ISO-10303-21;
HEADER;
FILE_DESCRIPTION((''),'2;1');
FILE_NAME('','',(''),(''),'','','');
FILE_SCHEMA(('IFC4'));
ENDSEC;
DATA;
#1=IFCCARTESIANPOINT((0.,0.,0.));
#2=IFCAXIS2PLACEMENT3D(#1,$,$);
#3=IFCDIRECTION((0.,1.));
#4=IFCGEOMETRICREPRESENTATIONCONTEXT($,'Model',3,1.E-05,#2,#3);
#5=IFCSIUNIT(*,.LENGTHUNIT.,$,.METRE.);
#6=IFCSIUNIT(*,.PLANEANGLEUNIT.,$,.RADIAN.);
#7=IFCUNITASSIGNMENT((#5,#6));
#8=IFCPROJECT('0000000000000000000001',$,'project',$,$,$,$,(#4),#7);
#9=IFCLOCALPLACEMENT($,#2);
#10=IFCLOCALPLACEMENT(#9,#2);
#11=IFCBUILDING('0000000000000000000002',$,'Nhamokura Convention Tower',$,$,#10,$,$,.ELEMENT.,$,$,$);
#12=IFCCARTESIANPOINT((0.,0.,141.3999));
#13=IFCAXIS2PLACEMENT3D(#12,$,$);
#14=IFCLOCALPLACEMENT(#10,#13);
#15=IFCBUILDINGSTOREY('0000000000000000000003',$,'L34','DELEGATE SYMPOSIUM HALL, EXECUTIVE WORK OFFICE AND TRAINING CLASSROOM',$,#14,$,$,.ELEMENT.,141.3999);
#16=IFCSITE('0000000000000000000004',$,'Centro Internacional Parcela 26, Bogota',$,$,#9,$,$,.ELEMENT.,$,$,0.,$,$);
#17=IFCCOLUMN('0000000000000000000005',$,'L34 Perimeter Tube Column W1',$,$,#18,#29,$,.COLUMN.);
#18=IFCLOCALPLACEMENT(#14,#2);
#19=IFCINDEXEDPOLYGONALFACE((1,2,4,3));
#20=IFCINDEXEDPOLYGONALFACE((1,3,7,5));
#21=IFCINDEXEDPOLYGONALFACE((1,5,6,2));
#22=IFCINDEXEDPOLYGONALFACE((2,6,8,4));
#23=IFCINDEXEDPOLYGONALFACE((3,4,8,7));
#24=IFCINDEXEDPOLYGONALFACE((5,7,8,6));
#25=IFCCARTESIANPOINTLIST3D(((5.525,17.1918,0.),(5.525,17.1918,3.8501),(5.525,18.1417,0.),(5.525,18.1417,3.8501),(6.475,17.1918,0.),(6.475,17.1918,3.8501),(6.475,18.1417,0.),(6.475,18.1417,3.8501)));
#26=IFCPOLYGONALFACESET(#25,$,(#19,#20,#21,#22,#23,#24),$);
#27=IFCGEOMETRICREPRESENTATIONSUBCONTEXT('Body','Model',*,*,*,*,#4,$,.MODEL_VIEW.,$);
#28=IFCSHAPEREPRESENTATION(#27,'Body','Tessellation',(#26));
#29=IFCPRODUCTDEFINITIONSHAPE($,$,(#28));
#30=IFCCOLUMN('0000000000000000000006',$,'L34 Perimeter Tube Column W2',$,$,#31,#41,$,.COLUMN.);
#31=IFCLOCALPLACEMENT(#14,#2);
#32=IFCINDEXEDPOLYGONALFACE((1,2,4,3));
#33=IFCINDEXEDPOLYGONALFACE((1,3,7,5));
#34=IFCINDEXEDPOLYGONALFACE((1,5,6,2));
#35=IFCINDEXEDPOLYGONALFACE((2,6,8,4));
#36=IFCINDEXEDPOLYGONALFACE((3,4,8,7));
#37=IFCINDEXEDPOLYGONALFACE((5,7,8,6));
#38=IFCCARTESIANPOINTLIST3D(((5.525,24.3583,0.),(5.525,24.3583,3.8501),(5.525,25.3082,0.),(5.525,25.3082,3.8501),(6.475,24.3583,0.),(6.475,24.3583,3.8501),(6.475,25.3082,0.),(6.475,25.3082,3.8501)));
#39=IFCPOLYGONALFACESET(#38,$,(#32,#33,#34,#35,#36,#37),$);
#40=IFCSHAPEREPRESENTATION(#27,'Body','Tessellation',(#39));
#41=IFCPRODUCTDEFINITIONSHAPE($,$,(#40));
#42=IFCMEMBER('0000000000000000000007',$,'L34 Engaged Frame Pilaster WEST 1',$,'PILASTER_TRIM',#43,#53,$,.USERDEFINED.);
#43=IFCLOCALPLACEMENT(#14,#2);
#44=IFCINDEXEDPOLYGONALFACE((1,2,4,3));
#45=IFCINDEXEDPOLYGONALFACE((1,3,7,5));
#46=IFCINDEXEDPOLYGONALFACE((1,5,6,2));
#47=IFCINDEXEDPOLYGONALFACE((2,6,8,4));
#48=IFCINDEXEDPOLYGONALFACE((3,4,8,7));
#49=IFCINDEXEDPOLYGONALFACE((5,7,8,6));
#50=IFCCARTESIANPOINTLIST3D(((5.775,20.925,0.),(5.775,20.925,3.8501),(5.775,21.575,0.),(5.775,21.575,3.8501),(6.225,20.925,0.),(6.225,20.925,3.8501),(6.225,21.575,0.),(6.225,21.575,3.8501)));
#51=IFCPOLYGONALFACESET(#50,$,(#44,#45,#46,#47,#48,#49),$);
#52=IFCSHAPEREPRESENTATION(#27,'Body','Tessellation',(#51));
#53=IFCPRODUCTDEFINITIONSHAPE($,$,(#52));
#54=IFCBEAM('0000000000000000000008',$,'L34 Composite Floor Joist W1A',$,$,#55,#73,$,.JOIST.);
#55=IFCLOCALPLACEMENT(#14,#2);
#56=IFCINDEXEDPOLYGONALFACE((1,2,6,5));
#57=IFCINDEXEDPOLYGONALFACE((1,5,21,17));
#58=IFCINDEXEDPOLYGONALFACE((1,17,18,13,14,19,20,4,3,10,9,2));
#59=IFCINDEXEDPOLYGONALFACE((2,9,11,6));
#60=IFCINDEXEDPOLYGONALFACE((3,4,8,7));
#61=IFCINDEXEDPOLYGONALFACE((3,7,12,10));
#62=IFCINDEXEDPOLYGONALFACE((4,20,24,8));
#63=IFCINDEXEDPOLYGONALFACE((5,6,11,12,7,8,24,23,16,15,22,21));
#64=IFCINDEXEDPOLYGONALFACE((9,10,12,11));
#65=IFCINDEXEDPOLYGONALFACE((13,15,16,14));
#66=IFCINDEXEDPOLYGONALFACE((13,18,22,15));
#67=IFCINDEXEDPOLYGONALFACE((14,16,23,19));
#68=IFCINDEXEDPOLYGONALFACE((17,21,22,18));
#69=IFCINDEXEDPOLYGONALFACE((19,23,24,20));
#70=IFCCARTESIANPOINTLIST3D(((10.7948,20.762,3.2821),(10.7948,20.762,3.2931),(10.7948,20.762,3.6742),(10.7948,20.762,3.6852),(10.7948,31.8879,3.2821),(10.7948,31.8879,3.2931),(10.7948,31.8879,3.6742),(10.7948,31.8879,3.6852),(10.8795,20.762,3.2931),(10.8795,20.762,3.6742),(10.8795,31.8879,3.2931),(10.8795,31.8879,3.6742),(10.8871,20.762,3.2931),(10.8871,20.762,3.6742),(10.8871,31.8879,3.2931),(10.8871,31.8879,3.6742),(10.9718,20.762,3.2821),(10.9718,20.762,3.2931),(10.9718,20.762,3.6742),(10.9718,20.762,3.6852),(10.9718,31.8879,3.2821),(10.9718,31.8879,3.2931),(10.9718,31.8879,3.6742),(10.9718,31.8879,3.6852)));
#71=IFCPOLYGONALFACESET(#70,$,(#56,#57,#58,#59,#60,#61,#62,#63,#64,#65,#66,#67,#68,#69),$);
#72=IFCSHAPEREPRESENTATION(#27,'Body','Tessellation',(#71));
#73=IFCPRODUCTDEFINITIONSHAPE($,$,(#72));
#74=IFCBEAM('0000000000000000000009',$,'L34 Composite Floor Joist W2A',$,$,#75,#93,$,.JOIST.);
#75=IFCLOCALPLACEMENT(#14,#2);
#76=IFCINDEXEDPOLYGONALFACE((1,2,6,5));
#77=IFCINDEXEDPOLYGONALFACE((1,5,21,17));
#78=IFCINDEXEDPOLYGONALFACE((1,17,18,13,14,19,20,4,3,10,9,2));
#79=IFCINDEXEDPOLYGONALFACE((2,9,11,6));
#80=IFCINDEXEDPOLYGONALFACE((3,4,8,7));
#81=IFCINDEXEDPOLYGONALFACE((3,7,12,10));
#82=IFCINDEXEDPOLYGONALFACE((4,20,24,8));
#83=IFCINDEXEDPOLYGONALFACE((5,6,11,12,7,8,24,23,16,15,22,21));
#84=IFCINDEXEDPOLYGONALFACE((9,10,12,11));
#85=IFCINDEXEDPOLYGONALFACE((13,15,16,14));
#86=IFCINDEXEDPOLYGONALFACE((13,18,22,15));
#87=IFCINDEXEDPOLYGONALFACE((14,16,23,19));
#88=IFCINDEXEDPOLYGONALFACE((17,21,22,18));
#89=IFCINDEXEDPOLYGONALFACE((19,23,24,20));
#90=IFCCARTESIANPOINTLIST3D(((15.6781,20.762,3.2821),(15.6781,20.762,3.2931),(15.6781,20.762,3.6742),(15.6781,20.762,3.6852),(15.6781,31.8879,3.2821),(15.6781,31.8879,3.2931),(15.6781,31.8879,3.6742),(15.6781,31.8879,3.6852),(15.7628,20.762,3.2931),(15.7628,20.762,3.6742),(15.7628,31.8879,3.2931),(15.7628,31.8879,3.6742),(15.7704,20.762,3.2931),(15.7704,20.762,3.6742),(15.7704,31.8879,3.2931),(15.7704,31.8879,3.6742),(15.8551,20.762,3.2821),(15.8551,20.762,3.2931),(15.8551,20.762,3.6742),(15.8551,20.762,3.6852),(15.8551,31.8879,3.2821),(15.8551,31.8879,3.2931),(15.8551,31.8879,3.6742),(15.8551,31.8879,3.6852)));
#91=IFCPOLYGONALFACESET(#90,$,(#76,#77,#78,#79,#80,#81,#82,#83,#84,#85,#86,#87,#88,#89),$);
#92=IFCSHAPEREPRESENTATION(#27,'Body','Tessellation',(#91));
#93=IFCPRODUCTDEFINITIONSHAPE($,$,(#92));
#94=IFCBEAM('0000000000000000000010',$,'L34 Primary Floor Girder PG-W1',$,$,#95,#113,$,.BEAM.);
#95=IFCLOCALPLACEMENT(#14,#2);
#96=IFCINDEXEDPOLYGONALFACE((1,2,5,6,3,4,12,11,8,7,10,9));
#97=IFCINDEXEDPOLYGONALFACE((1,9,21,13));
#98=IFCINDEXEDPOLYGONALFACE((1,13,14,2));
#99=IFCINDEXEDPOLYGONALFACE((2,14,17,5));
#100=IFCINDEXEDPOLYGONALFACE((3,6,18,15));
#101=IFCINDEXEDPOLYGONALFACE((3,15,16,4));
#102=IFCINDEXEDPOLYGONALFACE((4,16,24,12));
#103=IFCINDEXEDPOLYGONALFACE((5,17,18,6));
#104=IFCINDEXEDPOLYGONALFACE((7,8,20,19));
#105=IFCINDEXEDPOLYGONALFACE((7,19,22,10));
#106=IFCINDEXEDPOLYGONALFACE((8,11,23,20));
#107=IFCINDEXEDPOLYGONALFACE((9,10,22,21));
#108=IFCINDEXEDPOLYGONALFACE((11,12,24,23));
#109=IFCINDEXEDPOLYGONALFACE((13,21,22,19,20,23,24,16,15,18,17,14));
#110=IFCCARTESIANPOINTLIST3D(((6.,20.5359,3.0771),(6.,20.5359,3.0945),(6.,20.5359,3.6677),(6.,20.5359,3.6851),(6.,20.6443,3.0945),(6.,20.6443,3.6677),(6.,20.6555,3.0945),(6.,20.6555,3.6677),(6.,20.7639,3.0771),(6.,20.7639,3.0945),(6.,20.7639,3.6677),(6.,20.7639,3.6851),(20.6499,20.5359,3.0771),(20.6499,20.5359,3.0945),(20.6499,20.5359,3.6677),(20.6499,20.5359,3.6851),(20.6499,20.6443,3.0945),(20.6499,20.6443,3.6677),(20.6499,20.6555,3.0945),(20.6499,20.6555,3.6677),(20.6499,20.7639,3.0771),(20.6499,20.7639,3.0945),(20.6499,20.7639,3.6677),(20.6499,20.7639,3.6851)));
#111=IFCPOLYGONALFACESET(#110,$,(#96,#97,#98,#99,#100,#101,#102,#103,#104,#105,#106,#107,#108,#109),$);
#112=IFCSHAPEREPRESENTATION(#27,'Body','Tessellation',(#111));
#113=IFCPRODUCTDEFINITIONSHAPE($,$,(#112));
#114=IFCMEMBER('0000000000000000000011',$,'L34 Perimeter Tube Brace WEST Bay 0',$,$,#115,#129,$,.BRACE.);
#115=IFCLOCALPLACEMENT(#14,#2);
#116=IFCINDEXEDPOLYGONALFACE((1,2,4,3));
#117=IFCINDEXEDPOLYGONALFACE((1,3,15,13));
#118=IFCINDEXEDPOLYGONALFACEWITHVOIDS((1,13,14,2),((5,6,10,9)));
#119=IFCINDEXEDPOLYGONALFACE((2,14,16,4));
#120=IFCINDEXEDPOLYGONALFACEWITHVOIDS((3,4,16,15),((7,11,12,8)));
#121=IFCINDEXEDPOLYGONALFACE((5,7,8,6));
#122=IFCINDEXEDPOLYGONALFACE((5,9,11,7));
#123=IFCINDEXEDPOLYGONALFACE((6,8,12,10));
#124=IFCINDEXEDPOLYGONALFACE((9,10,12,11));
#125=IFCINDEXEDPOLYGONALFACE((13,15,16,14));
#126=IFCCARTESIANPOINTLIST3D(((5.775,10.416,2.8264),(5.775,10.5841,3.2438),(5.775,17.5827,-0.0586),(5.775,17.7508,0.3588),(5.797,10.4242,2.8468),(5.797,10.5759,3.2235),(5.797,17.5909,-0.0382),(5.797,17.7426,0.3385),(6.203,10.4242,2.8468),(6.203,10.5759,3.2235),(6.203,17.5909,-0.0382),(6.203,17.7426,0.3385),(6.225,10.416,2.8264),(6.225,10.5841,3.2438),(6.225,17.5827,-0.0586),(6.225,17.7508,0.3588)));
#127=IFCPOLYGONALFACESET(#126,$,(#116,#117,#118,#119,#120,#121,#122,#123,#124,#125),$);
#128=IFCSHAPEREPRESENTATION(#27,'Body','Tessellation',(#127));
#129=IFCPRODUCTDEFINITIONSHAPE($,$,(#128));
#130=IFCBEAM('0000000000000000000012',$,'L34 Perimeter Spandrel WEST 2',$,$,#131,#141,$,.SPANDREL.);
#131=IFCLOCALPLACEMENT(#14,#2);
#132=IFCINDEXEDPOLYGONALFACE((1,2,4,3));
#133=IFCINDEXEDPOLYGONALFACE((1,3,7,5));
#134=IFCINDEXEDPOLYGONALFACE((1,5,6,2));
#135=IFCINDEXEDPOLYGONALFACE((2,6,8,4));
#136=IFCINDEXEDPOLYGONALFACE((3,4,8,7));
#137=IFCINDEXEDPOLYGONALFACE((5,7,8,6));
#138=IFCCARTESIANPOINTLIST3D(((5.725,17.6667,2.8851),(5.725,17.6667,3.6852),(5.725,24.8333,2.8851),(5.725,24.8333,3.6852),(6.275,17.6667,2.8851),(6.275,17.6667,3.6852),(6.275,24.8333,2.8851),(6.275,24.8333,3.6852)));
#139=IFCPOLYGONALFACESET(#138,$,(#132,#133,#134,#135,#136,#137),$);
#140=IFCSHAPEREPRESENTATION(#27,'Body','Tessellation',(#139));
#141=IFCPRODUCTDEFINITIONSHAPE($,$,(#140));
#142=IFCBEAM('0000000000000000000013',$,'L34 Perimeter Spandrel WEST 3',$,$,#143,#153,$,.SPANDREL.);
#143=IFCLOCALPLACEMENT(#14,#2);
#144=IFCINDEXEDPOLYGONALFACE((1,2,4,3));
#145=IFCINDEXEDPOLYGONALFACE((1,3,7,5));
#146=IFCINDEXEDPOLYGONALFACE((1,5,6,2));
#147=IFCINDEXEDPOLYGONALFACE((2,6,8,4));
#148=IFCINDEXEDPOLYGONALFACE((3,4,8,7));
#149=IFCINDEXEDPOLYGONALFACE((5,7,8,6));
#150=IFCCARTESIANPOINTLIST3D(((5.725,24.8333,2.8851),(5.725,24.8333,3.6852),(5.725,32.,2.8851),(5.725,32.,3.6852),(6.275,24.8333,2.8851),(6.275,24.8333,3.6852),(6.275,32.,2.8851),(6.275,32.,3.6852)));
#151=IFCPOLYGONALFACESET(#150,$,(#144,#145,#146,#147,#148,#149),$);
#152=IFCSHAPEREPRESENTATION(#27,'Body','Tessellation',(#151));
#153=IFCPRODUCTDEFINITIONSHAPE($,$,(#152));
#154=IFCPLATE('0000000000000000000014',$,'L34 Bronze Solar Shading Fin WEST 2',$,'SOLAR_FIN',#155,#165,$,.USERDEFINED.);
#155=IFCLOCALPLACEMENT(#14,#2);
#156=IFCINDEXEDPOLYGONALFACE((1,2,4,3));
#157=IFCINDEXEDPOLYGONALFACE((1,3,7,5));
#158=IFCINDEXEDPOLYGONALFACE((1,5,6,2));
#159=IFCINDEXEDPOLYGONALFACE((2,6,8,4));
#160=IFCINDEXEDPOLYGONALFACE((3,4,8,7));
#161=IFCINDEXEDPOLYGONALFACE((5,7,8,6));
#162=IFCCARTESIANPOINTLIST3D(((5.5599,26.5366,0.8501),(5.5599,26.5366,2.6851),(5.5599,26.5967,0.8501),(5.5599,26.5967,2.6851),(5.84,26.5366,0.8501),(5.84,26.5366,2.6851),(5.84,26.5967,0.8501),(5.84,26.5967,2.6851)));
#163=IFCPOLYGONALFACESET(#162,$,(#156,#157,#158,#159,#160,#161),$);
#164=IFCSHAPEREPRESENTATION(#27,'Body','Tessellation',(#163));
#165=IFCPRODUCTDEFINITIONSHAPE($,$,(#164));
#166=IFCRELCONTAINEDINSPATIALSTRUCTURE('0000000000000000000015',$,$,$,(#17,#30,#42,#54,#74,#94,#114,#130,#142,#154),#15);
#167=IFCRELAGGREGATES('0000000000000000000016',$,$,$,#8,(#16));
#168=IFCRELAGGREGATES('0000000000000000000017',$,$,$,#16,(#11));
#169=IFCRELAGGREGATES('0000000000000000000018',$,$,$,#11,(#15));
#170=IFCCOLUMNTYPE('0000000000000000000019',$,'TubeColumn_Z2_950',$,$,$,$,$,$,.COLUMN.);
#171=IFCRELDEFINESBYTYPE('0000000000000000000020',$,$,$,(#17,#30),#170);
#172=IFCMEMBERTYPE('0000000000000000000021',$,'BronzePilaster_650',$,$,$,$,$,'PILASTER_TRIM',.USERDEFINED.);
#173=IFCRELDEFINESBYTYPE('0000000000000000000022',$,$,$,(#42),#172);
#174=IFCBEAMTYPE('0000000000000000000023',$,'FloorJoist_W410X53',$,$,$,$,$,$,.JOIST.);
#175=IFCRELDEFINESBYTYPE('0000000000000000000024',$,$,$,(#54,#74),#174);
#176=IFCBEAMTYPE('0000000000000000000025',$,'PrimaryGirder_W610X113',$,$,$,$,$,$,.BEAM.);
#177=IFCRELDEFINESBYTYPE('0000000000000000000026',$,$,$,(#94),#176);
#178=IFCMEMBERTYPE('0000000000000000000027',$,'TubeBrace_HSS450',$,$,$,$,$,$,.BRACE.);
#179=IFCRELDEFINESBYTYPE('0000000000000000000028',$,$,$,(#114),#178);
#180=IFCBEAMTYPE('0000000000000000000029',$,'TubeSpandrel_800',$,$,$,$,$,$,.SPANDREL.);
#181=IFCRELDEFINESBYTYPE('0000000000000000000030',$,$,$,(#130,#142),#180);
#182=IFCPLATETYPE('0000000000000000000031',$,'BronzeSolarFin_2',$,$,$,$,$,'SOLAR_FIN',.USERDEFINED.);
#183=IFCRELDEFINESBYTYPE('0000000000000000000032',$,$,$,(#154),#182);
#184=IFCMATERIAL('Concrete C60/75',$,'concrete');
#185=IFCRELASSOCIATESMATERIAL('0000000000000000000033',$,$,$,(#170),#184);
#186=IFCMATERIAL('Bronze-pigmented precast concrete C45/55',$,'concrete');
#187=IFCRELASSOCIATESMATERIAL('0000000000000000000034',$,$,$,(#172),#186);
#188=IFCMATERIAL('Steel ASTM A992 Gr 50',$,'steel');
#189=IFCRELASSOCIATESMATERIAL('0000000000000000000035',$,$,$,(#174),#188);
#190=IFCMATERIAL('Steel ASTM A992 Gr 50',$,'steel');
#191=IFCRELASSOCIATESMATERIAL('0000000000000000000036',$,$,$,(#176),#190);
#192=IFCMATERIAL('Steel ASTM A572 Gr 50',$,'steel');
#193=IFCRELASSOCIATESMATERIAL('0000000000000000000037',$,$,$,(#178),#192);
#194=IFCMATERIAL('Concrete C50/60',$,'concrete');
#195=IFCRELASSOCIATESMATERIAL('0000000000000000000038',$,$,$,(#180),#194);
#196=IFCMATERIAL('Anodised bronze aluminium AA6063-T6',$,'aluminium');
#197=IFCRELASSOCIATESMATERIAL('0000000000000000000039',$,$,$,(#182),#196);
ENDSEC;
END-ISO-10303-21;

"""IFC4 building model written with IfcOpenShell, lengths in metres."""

from ifc_helpers import new_model, si_unit, direction, frame, origin, origin_2d, place, context, subcontext, project, spatial, rectangle, hollow_rectangle, i_section, extrude, material, material_profile, profile_set, type_object, element, save


model = new_model("IFC4")

# Units and contexts
model_context = context("Model", 3, precision=1e-05, world=origin(), true_north=direction((0.0, 1.0)))
body_context = subcontext(model_context, "Body", "Model", "MODEL_VIEW")
ifc_project = project(units=[si_unit("LENGTHUNIT", "METRE"), si_unit("PLANEANGLEUNIT", "RADIAN")], contexts=[model_context])

# Site, building, storey
site_placement = place(None, origin())
site = spatial("IfcSite", under=ifc_project, at=site_placement, Name="Centro Internacional Parcela 26, Bogota", CompositionType="ELEMENT", RefElevation=0.0)
building_placement = place(site_placement, origin())
building = spatial("IfcBuilding", under=site, at=building_placement, Name="Nhamokura Convention Tower", CompositionType="ELEMENT")
storey_placement = place(building_placement, frame((0.0, 0.0, 141.3999)))
storey = spatial("IfcBuildingStorey", under=building, at=storey_placement, Name="L34", Description="DELEGATE SYMPOSIUM HALL, EXECUTIVE WORK OFFICE AND TRAINING CLASSROOM", CompositionType="ELEMENT", Elevation=141.3999)

# Columns
ifc_material_1 = material(Name="Concrete C60/75", Category="concrete")
ifc_material_profile_1 = material_profile(ifc_material_1, rectangle(XDim=0.95, YDim=0.95, at=origin_2d()))
ifc_profile_set_1 = profile_set([ifc_material_profile_1], Name="Concrete C60/75")
column_type = type_object("IfcColumnType", Name="TubeColumn_Z2_950", PredefinedType="COLUMN", material=ifc_profile_set_1)
for number, where, z_axis, x_axis, name in (
    (1, (6.0, 17.6667, 0.0), (0.0, 0.0, 1.0), (1.0, 0.0, 0.0), "L34 Perimeter Tube Column W1"),
    (2, (6.0, 24.8333, 0.0), (0.0, 0.0, 1.0), (1.0, 0.0, 0.0), "L34 Perimeter Tube Column W2"),
):
    element("IfcColumn", number, at=place(storey_placement, frame(where, z_axis=z_axis, x_axis=x_axis)), inside=storey, type_object=column_type, Name=name, PredefinedType="COLUMN", context=body_context, shape_type="SweptSolid", body=[
        extrude(rectangle(XDim=0.95, YDim=0.95, at=origin_2d()), origin(), (0.0, 0.0, 1.0), 3.8501),
    ])

# Member
ifc_material_2 = material(Name="Bronze-pigmented precast concrete C45/55", Category="concrete")
ifc_material_profile_2 = material_profile(ifc_material_2, rectangle(XDim=0.45, YDim=0.6499, at=origin_2d()))
ifc_profile_set_2 = profile_set([ifc_material_profile_2], Name="Bronze-pigmented precast concrete C45/55")
member_type_1 = type_object("IfcMemberType", Name="BronzePilaster_650", ElementType="PILASTER_TRIM", PredefinedType="USERDEFINED", material=ifc_profile_set_2)
member_1_placement = place(storey_placement, frame((6.0, 21.25, 0.0), z_axis=(0.0, 0.0, 1.0), x_axis=(1.0, 0.0, 0.0)))
element("IfcMember", 3, at=member_1_placement, inside=storey, type_object=member_type_1, Name="L34 Engaged Frame Pilaster WEST 1", ObjectType="PILASTER_TRIM", PredefinedType="USERDEFINED", context=body_context, shape_type="SweptSolid", body=[
    extrude(rectangle(XDim=0.45, YDim=0.6499, at=origin_2d()), origin(), (0.0, 0.0, 1.0), 3.8501),
])

# Beams
ifc_material_3 = material(Name="Steel ASTM A992 Gr 50", Category="steel")
ifc_material_profile_3 = material_profile(ifc_material_3, i_section(OverallWidth=0.177, OverallDepth=0.4031, WebThickness=0.0076, FlangeThickness=0.011, at=origin_2d()))
ifc_profile_set_3 = profile_set([ifc_material_profile_3], Name="Steel ASTM A992 Gr 50")
beam_type_1 = type_object("IfcBeamType", Name="FloorJoist_W410X53", PredefinedType="JOIST", material=ifc_profile_set_3)
for number, where, z_axis, x_axis, name in (
    (4, (10.8833, 20.762, 3.4836), (0.0, 1.0, 0.0), (-1.0, 0.0, 0.0), "L34 Composite Floor Joist W1A"),
    (5, (15.7666, 20.762, 3.4836), (0.0, 1.0, 0.0), (-1.0, 0.0, 0.0), "L34 Composite Floor Joist W2A"),
):
    element("IfcBeam", number, at=place(storey_placement, frame(where, z_axis=z_axis, x_axis=x_axis)), inside=storey, type_object=beam_type_1, Name=name, PredefinedType="JOIST", context=body_context, shape_type="SweptSolid", body=[
        extrude(i_section(OverallWidth=0.177, OverallDepth=0.4031, WebThickness=0.0076, FlangeThickness=0.011, at=origin_2d()), origin(), (0.0, 0.0, 1.0), 11.126),
    ])
ifc_material_4 = material(Name="Steel ASTM A992 Gr 50", Category="steel")
ifc_material_profile_4 = material_profile(ifc_material_4, i_section(OverallWidth=0.228, OverallDepth=0.6079, WebThickness=0.0112, FlangeThickness=0.0173, at=origin_2d()))
ifc_profile_set_4 = profile_set([ifc_material_profile_4], Name="Steel ASTM A992 Gr 50")
beam_type_2 = type_object("IfcBeamType", Name="PrimaryGirder_W610X113", PredefinedType="BEAM", material=ifc_profile_set_4)
beam_1_placement = place(storey_placement, frame((6.0, 20.6499, 3.3811), z_axis=(1.0, 0.0, 0.0), x_axis=(0.0, 1.0, 0.0)))
element("IfcBeam", 6, at=beam_1_placement, inside=storey, type_object=beam_type_2, Name="L34 Primary Floor Girder PG-W1", PredefinedType="BEAM", context=body_context, shape_type="SweptSolid", body=[
    extrude(i_section(OverallWidth=0.228, OverallDepth=0.6079, WebThickness=0.0112, FlangeThickness=0.0173, at=origin_2d()), origin(), (0.0, 0.0, 1.0), 14.6499),
])

# Member
ifc_material_5 = material(Name="Steel ASTM A572 Gr 50", Category="steel")
ifc_material_profile_5 = material_profile(ifc_material_5, hollow_rectangle(XDim=0.45, YDim=0.45, WallThickness=0.022, at=origin_2d()))
ifc_profile_set_5 = profile_set([ifc_material_profile_5], Name="Steel ASTM A572 Gr 50")
member_type_2 = type_object("IfcMemberType", Name="TubeBrace_HSS450", PredefinedType="BRACE", material=ifc_profile_set_5)
member_2_placement = place(storey_placement, frame((6.0, 17.6667, 0.1501), z_axis=(0.0, -0.927657, 0.373433), x_axis=(1.0, 0.0, 0.0)))
element("IfcMember", 7, at=member_2_placement, inside=storey, type_object=member_type_2, Name="L34 Perimeter Tube Brace WEST Bay 0", PredefinedType="BRACE", context=body_context, shape_type="SweptSolid", body=[
    extrude(hollow_rectangle(XDim=0.45, YDim=0.45, WallThickness=0.022, at=origin_2d()), origin(), (0.0, 0.0, 1.0), 7.7256),
])

# Beams
ifc_material_6 = material(Name="Concrete C50/60", Category="concrete")
ifc_material_profile_6 = material_profile(ifc_material_6, rectangle(XDim=0.55, YDim=0.8, at=origin_2d()))
ifc_profile_set_6 = profile_set([ifc_material_profile_6], Name="Concrete C50/60")
beam_type_3 = type_object("IfcBeamType", Name="TubeSpandrel_800", PredefinedType="SPANDREL", material=ifc_profile_set_6)
beam_2_placement = place(storey_placement, frame((6.0, 17.6667, 3.2852), z_axis=(0.0, 1.0, 0.0), x_axis=(-1.0, 0.0, 0.0)))
element("IfcBeam", 8, at=beam_2_placement, inside=storey, type_object=beam_type_3, Name="L34 Perimeter Spandrel WEST 2", PredefinedType="SPANDREL", context=body_context, shape_type="SweptSolid", body=[
    extrude(rectangle(XDim=0.55, YDim=0.8, at=origin_2d()), origin(), (0.0, 0.0, 1.0), 7.1665),
])
beam_3_placement = place(storey_placement, frame((6.0, 24.8333, 3.2852), z_axis=(0.0, 1.0, 0.0), x_axis=(-1.0, 0.0, 0.0)))
element("IfcBeam", 9, at=beam_3_placement, inside=storey, type_object=beam_type_3, Name="L34 Perimeter Spandrel WEST 3", PredefinedType="SPANDREL", context=body_context, shape_type="SweptSolid", body=[
    extrude(rectangle(XDim=0.55, YDim=0.8, at=origin_2d()), origin(), (0.0, 0.0, 1.0), 7.1667),
])

# Plate
ifc_material_7 = material(Name="Anodised bronze aluminium AA6063-T6", Category="aluminium")
plate_type = type_object("IfcPlateType", Name="BronzeSolarFin_2", ElementType="SOLAR_FIN", PredefinedType="USERDEFINED", material=ifc_material_7)
plate_placement = place(storey_placement, frame((5.7, 26.5667, 0.8501), z_axis=(0.0, 0.0, 1.0), x_axis=(1.0, 0.0, 0.0)))
element("IfcPlate", 10, at=plate_placement, inside=storey, type_object=plate_type, Name="L34 Bronze Solar Shading Fin WEST 2", ObjectType="SOLAR_FIN", PredefinedType="USERDEFINED", context=body_context, shape_type="SweptSolid", body=[
    extrude(rectangle(XDim=0.28, YDim=0.0601, at=origin_2d()), origin(), (0.0, 0.0, 1.0), 1.835),
])

save(model, "model.ifc")
